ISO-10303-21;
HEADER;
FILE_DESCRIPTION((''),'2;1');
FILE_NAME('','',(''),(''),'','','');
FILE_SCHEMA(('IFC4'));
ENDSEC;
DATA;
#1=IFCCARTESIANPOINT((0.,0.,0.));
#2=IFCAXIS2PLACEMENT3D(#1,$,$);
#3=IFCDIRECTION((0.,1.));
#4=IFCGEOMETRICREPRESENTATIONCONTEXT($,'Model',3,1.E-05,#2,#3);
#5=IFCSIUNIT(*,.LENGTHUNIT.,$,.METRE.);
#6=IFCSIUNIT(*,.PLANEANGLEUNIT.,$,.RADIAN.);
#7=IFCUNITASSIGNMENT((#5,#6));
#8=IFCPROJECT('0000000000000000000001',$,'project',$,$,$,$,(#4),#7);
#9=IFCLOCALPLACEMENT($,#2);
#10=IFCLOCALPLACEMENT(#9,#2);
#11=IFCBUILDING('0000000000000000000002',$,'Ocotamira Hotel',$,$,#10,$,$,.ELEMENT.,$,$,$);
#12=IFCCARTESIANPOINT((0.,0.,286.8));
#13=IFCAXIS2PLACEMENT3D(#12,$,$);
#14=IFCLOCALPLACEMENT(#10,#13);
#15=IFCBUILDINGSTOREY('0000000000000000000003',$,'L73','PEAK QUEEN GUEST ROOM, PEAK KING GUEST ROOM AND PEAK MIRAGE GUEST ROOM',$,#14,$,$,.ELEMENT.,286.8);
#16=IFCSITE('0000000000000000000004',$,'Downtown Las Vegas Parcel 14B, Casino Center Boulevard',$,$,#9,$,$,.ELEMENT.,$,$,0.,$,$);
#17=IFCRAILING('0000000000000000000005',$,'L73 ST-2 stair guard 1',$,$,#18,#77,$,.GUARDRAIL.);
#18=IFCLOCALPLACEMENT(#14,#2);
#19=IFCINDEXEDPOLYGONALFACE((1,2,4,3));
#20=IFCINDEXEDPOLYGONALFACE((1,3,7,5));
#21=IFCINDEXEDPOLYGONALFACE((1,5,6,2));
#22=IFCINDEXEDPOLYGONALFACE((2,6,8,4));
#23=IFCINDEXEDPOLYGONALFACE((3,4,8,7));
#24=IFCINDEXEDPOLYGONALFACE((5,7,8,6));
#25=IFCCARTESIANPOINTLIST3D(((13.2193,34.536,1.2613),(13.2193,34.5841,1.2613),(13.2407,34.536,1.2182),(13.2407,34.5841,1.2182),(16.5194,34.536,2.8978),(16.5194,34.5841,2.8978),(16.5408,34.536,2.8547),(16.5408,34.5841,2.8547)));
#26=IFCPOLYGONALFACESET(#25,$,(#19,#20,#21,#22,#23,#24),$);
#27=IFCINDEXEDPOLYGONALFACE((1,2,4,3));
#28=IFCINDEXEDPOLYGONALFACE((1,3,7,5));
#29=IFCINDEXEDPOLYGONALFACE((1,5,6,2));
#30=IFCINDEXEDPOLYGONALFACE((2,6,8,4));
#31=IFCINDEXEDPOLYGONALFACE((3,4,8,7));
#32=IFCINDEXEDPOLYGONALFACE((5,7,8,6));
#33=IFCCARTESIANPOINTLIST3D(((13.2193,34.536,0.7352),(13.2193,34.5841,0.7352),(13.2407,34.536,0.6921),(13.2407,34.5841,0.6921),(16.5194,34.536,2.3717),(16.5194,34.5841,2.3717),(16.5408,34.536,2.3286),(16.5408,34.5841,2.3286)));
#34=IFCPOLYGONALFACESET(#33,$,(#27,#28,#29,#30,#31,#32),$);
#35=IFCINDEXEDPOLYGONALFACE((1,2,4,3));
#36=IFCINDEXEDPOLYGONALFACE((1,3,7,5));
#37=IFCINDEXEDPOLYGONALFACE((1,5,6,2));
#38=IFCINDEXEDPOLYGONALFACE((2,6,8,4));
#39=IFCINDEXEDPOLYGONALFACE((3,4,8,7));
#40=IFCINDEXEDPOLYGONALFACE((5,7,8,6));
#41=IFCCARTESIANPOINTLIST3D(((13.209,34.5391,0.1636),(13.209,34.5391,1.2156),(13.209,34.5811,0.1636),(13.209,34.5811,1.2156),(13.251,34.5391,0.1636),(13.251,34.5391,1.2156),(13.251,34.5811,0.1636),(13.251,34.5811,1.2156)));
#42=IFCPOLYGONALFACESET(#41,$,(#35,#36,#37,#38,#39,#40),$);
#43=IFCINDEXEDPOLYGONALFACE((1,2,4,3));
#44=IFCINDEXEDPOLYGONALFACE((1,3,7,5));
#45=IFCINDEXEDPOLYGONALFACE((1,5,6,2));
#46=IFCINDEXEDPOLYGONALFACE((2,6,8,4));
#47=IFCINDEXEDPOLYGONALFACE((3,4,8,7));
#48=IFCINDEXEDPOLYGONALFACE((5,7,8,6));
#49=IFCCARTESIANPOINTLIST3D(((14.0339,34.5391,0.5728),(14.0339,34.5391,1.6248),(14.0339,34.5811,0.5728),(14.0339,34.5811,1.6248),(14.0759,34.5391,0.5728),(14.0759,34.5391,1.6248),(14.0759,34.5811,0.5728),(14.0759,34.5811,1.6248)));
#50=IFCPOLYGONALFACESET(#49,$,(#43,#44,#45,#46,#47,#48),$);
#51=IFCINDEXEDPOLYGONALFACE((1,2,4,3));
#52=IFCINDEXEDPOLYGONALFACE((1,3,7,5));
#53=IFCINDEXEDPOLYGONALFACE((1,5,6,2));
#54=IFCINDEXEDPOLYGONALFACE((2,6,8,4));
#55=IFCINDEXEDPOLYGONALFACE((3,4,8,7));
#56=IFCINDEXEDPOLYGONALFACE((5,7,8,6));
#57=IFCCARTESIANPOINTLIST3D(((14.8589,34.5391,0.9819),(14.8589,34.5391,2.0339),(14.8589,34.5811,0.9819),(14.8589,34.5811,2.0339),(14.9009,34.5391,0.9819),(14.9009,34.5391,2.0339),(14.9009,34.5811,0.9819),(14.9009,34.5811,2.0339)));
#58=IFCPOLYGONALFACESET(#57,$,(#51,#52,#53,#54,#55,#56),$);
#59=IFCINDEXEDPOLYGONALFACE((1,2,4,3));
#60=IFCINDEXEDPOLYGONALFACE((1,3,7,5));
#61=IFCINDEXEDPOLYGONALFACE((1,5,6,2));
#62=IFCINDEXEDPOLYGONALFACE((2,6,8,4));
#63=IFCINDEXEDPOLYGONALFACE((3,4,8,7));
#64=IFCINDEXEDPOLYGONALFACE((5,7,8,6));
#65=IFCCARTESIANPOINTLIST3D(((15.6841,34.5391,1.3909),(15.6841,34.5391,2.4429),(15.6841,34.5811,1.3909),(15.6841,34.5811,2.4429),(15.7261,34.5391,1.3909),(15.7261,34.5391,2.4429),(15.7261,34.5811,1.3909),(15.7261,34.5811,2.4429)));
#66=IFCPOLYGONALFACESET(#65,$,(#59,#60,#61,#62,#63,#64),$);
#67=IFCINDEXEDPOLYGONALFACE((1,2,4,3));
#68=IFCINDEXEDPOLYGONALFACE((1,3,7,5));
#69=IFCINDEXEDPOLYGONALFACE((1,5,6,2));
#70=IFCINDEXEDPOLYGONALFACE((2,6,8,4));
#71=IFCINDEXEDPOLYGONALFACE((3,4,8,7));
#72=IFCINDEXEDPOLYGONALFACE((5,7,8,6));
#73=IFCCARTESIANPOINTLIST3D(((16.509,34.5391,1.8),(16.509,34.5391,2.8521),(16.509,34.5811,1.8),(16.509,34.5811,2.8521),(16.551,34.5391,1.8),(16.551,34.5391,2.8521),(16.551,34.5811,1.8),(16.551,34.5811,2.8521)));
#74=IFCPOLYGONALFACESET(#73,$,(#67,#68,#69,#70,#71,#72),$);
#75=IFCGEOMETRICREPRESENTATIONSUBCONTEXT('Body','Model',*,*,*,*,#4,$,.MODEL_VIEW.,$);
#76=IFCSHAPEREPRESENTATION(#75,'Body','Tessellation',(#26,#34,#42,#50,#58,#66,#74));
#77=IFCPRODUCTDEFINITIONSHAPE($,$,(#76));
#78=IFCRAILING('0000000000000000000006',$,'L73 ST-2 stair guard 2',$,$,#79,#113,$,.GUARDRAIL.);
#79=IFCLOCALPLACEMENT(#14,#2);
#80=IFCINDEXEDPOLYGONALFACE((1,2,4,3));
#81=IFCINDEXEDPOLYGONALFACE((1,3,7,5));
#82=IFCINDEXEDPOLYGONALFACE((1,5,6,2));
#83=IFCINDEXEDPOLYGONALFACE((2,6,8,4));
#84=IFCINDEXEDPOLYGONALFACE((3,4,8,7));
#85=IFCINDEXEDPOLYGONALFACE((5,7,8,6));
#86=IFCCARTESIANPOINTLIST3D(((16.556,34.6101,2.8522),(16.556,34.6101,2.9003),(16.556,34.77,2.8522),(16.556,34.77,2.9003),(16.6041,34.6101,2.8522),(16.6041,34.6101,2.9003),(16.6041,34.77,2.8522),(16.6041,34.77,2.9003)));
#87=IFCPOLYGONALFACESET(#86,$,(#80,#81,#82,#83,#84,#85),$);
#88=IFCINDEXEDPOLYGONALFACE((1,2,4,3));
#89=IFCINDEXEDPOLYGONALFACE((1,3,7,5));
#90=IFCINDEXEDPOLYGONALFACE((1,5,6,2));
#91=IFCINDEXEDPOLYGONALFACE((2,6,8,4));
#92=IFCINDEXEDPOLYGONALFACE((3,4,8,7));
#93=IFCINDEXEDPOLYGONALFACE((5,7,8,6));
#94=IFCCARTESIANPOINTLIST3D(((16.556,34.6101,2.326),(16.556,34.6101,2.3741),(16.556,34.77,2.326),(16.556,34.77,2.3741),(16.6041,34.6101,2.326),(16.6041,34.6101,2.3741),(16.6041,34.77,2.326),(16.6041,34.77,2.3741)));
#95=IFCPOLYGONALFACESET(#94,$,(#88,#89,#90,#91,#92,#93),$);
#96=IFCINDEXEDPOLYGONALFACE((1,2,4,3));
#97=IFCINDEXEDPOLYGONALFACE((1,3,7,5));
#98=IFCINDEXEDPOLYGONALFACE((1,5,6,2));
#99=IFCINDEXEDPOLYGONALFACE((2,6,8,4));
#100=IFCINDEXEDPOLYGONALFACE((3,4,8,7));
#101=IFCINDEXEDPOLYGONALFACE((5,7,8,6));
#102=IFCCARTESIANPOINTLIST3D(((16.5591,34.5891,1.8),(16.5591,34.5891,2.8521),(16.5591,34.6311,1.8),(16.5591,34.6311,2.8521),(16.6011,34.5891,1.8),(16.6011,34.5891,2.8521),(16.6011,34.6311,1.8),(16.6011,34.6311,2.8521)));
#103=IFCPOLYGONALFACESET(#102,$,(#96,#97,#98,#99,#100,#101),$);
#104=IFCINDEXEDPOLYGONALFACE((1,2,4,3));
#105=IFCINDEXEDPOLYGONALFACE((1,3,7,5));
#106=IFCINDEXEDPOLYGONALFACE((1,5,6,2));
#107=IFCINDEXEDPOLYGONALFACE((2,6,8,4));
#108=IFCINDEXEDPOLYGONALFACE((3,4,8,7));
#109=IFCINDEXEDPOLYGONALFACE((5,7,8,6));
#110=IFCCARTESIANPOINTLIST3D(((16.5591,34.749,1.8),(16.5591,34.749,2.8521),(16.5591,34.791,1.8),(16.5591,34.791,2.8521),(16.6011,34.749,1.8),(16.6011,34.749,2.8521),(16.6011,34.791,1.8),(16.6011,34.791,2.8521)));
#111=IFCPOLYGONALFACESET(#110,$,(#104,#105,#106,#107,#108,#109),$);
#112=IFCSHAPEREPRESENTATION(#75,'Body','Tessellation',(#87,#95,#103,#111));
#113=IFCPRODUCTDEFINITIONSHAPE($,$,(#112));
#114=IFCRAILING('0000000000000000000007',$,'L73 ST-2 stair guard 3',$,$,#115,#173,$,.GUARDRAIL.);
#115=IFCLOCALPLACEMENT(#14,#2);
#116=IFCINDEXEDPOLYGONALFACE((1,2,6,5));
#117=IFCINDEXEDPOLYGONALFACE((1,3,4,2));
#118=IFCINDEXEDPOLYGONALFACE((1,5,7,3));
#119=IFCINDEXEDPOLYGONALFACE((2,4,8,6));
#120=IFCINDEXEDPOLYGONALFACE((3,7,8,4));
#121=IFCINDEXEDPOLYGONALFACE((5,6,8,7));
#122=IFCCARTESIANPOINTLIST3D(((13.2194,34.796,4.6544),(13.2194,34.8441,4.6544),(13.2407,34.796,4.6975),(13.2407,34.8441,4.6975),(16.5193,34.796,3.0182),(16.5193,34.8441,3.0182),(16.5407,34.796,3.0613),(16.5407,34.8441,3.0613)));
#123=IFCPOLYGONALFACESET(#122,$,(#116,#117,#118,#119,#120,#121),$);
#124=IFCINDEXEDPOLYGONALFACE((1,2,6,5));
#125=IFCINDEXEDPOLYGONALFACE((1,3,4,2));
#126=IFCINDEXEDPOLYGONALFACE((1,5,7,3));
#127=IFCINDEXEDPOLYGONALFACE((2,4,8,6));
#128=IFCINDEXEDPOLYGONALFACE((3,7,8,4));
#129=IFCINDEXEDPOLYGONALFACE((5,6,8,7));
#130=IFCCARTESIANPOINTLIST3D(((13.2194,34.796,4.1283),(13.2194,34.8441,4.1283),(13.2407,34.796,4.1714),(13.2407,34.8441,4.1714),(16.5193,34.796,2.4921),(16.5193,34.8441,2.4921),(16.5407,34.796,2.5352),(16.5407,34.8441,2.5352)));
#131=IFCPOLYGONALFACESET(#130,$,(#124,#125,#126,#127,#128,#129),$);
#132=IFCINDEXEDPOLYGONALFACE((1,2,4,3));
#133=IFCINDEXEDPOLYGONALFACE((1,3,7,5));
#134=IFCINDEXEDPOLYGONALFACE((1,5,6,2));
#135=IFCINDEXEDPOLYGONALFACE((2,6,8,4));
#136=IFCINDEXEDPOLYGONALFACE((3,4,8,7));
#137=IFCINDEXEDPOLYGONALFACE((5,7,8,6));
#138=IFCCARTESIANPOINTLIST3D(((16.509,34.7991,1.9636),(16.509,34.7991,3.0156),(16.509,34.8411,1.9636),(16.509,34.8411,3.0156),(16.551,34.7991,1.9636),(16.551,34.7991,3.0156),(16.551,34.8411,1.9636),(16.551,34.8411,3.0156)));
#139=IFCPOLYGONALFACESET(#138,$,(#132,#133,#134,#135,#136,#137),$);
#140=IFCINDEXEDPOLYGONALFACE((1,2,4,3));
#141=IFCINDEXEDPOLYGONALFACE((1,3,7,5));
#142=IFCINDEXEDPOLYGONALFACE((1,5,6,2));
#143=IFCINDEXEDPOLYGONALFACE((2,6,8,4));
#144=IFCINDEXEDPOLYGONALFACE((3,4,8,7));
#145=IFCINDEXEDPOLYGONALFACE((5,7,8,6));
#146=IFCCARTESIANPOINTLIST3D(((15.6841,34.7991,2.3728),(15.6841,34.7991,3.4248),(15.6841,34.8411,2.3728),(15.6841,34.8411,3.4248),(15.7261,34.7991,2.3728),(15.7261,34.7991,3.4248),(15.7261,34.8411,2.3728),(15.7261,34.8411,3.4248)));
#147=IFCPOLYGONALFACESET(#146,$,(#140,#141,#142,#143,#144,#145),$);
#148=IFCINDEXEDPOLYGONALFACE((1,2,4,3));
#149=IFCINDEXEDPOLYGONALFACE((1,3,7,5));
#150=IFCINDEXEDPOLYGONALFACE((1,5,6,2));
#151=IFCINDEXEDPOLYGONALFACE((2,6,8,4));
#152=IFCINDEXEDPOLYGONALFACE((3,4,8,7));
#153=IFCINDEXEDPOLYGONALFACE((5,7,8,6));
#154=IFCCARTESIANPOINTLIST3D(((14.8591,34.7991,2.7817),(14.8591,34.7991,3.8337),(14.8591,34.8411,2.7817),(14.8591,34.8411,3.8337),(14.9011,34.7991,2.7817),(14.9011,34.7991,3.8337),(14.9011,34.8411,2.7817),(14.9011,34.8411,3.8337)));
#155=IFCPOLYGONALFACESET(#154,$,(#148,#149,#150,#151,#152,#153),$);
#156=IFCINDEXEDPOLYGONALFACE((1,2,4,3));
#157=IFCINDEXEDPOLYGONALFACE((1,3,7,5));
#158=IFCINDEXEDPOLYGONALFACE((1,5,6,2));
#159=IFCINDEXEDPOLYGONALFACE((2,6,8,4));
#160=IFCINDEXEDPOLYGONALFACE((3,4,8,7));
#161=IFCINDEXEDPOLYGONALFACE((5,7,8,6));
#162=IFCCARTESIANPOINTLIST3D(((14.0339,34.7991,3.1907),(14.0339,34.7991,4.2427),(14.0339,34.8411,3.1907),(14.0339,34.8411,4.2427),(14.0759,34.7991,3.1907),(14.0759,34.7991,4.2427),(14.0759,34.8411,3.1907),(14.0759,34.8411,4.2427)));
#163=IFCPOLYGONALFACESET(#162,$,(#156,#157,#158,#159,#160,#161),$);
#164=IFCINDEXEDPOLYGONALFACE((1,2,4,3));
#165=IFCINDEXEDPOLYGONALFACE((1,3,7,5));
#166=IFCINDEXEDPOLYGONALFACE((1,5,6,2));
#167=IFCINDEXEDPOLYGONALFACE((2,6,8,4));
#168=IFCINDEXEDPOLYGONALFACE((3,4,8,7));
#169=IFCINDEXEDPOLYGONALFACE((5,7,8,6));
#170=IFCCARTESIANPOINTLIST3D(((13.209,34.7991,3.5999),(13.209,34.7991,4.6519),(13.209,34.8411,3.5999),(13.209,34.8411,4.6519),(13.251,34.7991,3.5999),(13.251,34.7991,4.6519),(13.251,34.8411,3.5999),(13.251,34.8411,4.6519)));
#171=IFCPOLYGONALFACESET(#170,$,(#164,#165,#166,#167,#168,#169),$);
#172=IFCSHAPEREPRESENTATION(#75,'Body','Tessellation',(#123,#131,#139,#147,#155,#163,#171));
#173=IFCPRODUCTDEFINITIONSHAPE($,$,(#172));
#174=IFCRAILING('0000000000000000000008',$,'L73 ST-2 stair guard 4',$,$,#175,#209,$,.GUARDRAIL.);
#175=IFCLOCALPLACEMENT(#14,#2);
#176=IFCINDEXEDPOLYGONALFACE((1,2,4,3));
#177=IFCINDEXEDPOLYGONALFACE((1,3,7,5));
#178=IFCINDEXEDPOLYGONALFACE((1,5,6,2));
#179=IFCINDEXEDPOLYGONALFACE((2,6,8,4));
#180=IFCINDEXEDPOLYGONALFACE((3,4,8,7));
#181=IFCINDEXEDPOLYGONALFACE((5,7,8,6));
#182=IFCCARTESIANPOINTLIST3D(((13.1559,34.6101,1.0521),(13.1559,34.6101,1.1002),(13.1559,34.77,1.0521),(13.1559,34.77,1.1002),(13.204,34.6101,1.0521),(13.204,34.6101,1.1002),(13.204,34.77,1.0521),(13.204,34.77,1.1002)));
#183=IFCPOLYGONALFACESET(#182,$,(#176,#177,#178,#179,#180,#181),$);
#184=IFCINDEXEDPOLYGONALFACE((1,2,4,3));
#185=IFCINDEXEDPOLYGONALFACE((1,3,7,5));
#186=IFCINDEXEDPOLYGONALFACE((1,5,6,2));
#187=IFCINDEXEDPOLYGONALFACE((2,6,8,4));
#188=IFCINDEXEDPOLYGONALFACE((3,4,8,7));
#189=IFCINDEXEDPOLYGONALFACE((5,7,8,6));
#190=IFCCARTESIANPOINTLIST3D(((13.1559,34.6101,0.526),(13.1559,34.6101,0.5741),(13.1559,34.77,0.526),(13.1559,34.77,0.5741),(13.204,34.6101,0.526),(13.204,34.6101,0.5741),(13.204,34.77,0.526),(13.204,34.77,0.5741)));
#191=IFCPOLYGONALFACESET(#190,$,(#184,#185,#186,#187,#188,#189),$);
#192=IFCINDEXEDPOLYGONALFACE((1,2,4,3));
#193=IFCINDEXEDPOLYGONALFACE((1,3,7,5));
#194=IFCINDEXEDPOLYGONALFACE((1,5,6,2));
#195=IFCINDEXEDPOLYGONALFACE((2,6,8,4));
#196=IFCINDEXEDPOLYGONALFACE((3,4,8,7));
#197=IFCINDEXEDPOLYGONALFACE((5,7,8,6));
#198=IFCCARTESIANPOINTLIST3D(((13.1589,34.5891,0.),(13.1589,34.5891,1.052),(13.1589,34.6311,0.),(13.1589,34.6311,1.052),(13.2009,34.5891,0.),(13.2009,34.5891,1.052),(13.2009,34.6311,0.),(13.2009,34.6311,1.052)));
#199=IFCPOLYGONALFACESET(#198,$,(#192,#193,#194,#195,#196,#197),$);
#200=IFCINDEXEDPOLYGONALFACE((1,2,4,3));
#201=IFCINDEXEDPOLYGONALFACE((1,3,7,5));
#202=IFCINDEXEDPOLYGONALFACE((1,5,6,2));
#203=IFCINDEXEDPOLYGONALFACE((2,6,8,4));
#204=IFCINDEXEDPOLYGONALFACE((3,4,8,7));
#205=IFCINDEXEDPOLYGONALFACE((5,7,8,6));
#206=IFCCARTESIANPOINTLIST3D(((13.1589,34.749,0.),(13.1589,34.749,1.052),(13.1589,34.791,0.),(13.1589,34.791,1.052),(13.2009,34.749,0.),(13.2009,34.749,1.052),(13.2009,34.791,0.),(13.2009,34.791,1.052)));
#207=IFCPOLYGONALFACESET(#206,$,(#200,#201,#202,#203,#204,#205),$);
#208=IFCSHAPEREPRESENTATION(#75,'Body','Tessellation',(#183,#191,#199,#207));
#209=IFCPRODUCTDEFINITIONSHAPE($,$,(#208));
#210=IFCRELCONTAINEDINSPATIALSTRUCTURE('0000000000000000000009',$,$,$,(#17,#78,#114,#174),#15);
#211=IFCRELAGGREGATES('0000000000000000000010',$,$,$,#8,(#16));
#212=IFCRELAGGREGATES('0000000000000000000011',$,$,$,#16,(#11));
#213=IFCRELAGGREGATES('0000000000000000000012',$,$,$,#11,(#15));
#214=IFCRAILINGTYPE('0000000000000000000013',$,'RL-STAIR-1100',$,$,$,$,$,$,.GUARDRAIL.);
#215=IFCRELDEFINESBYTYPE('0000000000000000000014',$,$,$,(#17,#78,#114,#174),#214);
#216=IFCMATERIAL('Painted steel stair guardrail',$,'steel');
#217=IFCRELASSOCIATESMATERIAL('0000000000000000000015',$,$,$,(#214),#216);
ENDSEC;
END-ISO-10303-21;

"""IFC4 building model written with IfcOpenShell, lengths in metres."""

from ifc_helpers import new_model, si_unit, direction, frame, origin, origin_2d, place, context, subcontext, project, spatial, rectangle, extrude, material, type_object, element, save


model = new_model("IFC4")

# Units and contexts
model_context = context("Model", 3, precision=1e-05, world=origin(), true_north=direction((0.0, 1.0)))
body_context = subcontext(model_context, "Body", "Model", "MODEL_VIEW")
ifc_project = project(units=[si_unit("LENGTHUNIT", "METRE"), si_unit("PLANEANGLEUNIT", "RADIAN")], contexts=[model_context])

# Site, building, storey
site_placement = place(None, origin())
site = spatial("IfcSite", under=ifc_project, at=site_placement, Name="Downtown Las Vegas Parcel 14B, Casino Center Boulevard", CompositionType="ELEMENT", RefElevation=0.0)
building_placement = place(site_placement, origin())
building = spatial("IfcBuilding", under=site, at=building_placement, Name="Ocotamira Hotel", CompositionType="ELEMENT")
storey_placement = place(building_placement, frame((0.0, 0.0, 286.8)))
storey = spatial("IfcBuildingStorey", under=building, at=storey_placement, Name="L73", Description="PEAK QUEEN GUEST ROOM, PEAK KING GUEST ROOM AND PEAK MIRAGE GUEST ROOM", CompositionType="ELEMENT", Elevation=286.8)

# Railings
ifc_material_1 = material(Name="Painted steel stair guardrail", Category="steel")
railing_type_1 = type_object("IfcRailingType", Name="RL-STAIR-1100", PredefinedType="GUARDRAIL", material=ifc_material_1)
railing_1_placement = place(storey_placement, frame((13.23, 34.5601, 0.1636)))
element("IfcRailing", 1, at=railing_1_placement, inside=storey, type_object=railing_type_1, Name="L73 ST-2 stair guard 1", PredefinedType="GUARDRAIL", context=body_context, shape_type="SweptSolid", body=[
    extrude(rectangle(XDim=0.0481, YDim=0.0481, at=origin_2d()), frame((0.0, 0.0, 1.0762), z_axis=(0.895894, 0.0, 0.444268), x_axis=(0.0, 1.0, 0.0)), (0.0, 0.0, 1.0), 3.6836),
    extrude(rectangle(XDim=0.0481, YDim=0.0481, at=origin_2d()), frame((0.0, 0.0, 0.55), z_axis=(0.895894, 0.0, 0.444268), x_axis=(0.0, 1.0, 0.0)), (0.0, 0.0, 1.0), 3.6836),
    extrude(rectangle(XDim=0.042, YDim=0.042, at=origin_2d()), origin(), (0.0, 0.0, 1.0), 1.052),
    extrude(rectangle(XDim=0.042, YDim=0.042, at=origin_2d()), frame((0.825, 0.0, 0.4092)), (0.0, 0.0, 1.0), 1.052),
    extrude(rectangle(XDim=0.042, YDim=0.042, at=origin_2d()), frame((1.6499, 0.0, 0.8184)), (0.0, 0.0, 1.0), 1.052),
    extrude(rectangle(XDim=0.042, YDim=0.042, at=origin_2d()), frame((2.4751, 0.0, 1.2273)), (0.0, 0.0, 1.0), 1.052),
    extrude(rectangle(XDim=0.042, YDim=0.042, at=origin_2d()), frame((3.3, 0.0, 1.6365)), (0.0, 0.0, 1.0), 1.052),
])
railing_2_placement = place(storey_placement, frame((16.5801, 34.6101, 1.8)))
element("IfcRailing", 2, at=railing_2_placement, inside=storey, type_object=railing_type_1, Name="L73 ST-2 stair guard 2", PredefinedType="GUARDRAIL", context=body_context, shape_type="SweptSolid", body=[
    extrude(rectangle(XDim=0.0481, YDim=0.0481, at=origin_2d()), frame((0.0, 0.0, 1.0762), z_axis=(0.0, 1.0, 0.0), x_axis=(-1.0, 0.0, 0.0)), (0.0, 0.0, 1.0), 0.1599),
    extrude(rectangle(XDim=0.0481, YDim=0.0481, at=origin_2d()), frame((0.0, 0.0, 0.55), z_axis=(0.0, 1.0, 0.0), x_axis=(-1.0, 0.0, 0.0)), (0.0, 0.0, 1.0), 0.1599),
    extrude(rectangle(XDim=0.042, YDim=0.042, at=origin_2d()), origin(), (0.0, 0.0, 1.0), 1.052),
    extrude(rectangle(XDim=0.042, YDim=0.042, at=origin_2d()), frame((0.0, 0.1599, 0.0)), (0.0, 0.0, 1.0), 1.052),
])
railing_3_placement = place(storey_placement, frame((16.53, 34.8201, 1.9636)))
element("IfcRailing", 3, at=railing_3_placement, inside=storey, type_object=railing_type_1, Name="L73 ST-2 stair guard 3", PredefinedType="GUARDRAIL", context=body_context, shape_type="SweptSolid", body=[
    extrude(rectangle(XDim=0.0481, YDim=0.0481, at=origin_2d()), frame((0.0, 0.0, 1.0762), z_axis=(-0.89592, 0.0, 0.444215), x_axis=(0.0, -1.0, 0.0)), (0.0, 0.0, 1.0), 3.6833),
    extrude(rectangle(XDim=0.0481, YDim=0.0481, at=origin_2d()), frame((0.0, 0.0, 0.55), z_axis=(-0.89592, 0.0, 0.444215), x_axis=(0.0, -1.0, 0.0)), (0.0, 0.0, 1.0), 3.6833),
    extrude(rectangle(XDim=0.042, YDim=0.042, at=origin_2d()), origin(), (0.0, 0.0, 1.0), 1.052),
    extrude(rectangle(XDim=0.042, YDim=0.042, at=origin_2d()), frame((-0.825, 0.0, 0.4092)), (0.0, 0.0, 1.0), 1.052),
    extrude(rectangle(XDim=0.042, YDim=0.042, at=origin_2d()), frame((-1.6499, 0.0, 0.8181)), (0.0, 0.0, 1.0), 1.052),
    extrude(rectangle(XDim=0.042, YDim=0.042, at=origin_2d()), frame((-2.4751, 0.0, 1.2271)), (0.0, 0.0, 1.0), 1.052),
    extrude(rectangle(XDim=0.042, YDim=0.042, at=origin_2d()), frame((-3.3, 0.0, 1.6362)), (0.0, 0.0, 1.0), 1.052),
])
railing_4_placement = place(storey_placement, frame((13.1799, 34.6101, 0.0)))
element("IfcRailing", 4, at=railing_4_placement, inside=storey, type_object=railing_type_1, Name="L73 ST-2 stair guard 4", PredefinedType="GUARDRAIL", context=body_context, shape_type="SweptSolid", body=[
    extrude(rectangle(XDim=0.0481, YDim=0.0481, at=origin_2d()), frame((0.0, 0.0, 1.0762), z_axis=(0.0, 1.0, 0.0), x_axis=(-1.0, 0.0, 0.0)), (0.0, 0.0, 1.0), 0.1599),
    extrude(rectangle(XDim=0.0481, YDim=0.0481, at=origin_2d()), frame((0.0, 0.0, 0.55), z_axis=(0.0, 1.0, 0.0), x_axis=(-1.0, 0.0, 0.0)), (0.0, 0.0, 1.0), 0.1599),
    extrude(rectangle(XDim=0.042, YDim=0.042, at=origin_2d()), origin(), (0.0, 0.0, 1.0), 1.052),
    extrude(rectangle(XDim=0.042, YDim=0.042, at=origin_2d()), frame((0.0, 0.1599, 0.0)), (0.0, 0.0, 1.0), 1.052),
])

save(model, "model.ifc")
